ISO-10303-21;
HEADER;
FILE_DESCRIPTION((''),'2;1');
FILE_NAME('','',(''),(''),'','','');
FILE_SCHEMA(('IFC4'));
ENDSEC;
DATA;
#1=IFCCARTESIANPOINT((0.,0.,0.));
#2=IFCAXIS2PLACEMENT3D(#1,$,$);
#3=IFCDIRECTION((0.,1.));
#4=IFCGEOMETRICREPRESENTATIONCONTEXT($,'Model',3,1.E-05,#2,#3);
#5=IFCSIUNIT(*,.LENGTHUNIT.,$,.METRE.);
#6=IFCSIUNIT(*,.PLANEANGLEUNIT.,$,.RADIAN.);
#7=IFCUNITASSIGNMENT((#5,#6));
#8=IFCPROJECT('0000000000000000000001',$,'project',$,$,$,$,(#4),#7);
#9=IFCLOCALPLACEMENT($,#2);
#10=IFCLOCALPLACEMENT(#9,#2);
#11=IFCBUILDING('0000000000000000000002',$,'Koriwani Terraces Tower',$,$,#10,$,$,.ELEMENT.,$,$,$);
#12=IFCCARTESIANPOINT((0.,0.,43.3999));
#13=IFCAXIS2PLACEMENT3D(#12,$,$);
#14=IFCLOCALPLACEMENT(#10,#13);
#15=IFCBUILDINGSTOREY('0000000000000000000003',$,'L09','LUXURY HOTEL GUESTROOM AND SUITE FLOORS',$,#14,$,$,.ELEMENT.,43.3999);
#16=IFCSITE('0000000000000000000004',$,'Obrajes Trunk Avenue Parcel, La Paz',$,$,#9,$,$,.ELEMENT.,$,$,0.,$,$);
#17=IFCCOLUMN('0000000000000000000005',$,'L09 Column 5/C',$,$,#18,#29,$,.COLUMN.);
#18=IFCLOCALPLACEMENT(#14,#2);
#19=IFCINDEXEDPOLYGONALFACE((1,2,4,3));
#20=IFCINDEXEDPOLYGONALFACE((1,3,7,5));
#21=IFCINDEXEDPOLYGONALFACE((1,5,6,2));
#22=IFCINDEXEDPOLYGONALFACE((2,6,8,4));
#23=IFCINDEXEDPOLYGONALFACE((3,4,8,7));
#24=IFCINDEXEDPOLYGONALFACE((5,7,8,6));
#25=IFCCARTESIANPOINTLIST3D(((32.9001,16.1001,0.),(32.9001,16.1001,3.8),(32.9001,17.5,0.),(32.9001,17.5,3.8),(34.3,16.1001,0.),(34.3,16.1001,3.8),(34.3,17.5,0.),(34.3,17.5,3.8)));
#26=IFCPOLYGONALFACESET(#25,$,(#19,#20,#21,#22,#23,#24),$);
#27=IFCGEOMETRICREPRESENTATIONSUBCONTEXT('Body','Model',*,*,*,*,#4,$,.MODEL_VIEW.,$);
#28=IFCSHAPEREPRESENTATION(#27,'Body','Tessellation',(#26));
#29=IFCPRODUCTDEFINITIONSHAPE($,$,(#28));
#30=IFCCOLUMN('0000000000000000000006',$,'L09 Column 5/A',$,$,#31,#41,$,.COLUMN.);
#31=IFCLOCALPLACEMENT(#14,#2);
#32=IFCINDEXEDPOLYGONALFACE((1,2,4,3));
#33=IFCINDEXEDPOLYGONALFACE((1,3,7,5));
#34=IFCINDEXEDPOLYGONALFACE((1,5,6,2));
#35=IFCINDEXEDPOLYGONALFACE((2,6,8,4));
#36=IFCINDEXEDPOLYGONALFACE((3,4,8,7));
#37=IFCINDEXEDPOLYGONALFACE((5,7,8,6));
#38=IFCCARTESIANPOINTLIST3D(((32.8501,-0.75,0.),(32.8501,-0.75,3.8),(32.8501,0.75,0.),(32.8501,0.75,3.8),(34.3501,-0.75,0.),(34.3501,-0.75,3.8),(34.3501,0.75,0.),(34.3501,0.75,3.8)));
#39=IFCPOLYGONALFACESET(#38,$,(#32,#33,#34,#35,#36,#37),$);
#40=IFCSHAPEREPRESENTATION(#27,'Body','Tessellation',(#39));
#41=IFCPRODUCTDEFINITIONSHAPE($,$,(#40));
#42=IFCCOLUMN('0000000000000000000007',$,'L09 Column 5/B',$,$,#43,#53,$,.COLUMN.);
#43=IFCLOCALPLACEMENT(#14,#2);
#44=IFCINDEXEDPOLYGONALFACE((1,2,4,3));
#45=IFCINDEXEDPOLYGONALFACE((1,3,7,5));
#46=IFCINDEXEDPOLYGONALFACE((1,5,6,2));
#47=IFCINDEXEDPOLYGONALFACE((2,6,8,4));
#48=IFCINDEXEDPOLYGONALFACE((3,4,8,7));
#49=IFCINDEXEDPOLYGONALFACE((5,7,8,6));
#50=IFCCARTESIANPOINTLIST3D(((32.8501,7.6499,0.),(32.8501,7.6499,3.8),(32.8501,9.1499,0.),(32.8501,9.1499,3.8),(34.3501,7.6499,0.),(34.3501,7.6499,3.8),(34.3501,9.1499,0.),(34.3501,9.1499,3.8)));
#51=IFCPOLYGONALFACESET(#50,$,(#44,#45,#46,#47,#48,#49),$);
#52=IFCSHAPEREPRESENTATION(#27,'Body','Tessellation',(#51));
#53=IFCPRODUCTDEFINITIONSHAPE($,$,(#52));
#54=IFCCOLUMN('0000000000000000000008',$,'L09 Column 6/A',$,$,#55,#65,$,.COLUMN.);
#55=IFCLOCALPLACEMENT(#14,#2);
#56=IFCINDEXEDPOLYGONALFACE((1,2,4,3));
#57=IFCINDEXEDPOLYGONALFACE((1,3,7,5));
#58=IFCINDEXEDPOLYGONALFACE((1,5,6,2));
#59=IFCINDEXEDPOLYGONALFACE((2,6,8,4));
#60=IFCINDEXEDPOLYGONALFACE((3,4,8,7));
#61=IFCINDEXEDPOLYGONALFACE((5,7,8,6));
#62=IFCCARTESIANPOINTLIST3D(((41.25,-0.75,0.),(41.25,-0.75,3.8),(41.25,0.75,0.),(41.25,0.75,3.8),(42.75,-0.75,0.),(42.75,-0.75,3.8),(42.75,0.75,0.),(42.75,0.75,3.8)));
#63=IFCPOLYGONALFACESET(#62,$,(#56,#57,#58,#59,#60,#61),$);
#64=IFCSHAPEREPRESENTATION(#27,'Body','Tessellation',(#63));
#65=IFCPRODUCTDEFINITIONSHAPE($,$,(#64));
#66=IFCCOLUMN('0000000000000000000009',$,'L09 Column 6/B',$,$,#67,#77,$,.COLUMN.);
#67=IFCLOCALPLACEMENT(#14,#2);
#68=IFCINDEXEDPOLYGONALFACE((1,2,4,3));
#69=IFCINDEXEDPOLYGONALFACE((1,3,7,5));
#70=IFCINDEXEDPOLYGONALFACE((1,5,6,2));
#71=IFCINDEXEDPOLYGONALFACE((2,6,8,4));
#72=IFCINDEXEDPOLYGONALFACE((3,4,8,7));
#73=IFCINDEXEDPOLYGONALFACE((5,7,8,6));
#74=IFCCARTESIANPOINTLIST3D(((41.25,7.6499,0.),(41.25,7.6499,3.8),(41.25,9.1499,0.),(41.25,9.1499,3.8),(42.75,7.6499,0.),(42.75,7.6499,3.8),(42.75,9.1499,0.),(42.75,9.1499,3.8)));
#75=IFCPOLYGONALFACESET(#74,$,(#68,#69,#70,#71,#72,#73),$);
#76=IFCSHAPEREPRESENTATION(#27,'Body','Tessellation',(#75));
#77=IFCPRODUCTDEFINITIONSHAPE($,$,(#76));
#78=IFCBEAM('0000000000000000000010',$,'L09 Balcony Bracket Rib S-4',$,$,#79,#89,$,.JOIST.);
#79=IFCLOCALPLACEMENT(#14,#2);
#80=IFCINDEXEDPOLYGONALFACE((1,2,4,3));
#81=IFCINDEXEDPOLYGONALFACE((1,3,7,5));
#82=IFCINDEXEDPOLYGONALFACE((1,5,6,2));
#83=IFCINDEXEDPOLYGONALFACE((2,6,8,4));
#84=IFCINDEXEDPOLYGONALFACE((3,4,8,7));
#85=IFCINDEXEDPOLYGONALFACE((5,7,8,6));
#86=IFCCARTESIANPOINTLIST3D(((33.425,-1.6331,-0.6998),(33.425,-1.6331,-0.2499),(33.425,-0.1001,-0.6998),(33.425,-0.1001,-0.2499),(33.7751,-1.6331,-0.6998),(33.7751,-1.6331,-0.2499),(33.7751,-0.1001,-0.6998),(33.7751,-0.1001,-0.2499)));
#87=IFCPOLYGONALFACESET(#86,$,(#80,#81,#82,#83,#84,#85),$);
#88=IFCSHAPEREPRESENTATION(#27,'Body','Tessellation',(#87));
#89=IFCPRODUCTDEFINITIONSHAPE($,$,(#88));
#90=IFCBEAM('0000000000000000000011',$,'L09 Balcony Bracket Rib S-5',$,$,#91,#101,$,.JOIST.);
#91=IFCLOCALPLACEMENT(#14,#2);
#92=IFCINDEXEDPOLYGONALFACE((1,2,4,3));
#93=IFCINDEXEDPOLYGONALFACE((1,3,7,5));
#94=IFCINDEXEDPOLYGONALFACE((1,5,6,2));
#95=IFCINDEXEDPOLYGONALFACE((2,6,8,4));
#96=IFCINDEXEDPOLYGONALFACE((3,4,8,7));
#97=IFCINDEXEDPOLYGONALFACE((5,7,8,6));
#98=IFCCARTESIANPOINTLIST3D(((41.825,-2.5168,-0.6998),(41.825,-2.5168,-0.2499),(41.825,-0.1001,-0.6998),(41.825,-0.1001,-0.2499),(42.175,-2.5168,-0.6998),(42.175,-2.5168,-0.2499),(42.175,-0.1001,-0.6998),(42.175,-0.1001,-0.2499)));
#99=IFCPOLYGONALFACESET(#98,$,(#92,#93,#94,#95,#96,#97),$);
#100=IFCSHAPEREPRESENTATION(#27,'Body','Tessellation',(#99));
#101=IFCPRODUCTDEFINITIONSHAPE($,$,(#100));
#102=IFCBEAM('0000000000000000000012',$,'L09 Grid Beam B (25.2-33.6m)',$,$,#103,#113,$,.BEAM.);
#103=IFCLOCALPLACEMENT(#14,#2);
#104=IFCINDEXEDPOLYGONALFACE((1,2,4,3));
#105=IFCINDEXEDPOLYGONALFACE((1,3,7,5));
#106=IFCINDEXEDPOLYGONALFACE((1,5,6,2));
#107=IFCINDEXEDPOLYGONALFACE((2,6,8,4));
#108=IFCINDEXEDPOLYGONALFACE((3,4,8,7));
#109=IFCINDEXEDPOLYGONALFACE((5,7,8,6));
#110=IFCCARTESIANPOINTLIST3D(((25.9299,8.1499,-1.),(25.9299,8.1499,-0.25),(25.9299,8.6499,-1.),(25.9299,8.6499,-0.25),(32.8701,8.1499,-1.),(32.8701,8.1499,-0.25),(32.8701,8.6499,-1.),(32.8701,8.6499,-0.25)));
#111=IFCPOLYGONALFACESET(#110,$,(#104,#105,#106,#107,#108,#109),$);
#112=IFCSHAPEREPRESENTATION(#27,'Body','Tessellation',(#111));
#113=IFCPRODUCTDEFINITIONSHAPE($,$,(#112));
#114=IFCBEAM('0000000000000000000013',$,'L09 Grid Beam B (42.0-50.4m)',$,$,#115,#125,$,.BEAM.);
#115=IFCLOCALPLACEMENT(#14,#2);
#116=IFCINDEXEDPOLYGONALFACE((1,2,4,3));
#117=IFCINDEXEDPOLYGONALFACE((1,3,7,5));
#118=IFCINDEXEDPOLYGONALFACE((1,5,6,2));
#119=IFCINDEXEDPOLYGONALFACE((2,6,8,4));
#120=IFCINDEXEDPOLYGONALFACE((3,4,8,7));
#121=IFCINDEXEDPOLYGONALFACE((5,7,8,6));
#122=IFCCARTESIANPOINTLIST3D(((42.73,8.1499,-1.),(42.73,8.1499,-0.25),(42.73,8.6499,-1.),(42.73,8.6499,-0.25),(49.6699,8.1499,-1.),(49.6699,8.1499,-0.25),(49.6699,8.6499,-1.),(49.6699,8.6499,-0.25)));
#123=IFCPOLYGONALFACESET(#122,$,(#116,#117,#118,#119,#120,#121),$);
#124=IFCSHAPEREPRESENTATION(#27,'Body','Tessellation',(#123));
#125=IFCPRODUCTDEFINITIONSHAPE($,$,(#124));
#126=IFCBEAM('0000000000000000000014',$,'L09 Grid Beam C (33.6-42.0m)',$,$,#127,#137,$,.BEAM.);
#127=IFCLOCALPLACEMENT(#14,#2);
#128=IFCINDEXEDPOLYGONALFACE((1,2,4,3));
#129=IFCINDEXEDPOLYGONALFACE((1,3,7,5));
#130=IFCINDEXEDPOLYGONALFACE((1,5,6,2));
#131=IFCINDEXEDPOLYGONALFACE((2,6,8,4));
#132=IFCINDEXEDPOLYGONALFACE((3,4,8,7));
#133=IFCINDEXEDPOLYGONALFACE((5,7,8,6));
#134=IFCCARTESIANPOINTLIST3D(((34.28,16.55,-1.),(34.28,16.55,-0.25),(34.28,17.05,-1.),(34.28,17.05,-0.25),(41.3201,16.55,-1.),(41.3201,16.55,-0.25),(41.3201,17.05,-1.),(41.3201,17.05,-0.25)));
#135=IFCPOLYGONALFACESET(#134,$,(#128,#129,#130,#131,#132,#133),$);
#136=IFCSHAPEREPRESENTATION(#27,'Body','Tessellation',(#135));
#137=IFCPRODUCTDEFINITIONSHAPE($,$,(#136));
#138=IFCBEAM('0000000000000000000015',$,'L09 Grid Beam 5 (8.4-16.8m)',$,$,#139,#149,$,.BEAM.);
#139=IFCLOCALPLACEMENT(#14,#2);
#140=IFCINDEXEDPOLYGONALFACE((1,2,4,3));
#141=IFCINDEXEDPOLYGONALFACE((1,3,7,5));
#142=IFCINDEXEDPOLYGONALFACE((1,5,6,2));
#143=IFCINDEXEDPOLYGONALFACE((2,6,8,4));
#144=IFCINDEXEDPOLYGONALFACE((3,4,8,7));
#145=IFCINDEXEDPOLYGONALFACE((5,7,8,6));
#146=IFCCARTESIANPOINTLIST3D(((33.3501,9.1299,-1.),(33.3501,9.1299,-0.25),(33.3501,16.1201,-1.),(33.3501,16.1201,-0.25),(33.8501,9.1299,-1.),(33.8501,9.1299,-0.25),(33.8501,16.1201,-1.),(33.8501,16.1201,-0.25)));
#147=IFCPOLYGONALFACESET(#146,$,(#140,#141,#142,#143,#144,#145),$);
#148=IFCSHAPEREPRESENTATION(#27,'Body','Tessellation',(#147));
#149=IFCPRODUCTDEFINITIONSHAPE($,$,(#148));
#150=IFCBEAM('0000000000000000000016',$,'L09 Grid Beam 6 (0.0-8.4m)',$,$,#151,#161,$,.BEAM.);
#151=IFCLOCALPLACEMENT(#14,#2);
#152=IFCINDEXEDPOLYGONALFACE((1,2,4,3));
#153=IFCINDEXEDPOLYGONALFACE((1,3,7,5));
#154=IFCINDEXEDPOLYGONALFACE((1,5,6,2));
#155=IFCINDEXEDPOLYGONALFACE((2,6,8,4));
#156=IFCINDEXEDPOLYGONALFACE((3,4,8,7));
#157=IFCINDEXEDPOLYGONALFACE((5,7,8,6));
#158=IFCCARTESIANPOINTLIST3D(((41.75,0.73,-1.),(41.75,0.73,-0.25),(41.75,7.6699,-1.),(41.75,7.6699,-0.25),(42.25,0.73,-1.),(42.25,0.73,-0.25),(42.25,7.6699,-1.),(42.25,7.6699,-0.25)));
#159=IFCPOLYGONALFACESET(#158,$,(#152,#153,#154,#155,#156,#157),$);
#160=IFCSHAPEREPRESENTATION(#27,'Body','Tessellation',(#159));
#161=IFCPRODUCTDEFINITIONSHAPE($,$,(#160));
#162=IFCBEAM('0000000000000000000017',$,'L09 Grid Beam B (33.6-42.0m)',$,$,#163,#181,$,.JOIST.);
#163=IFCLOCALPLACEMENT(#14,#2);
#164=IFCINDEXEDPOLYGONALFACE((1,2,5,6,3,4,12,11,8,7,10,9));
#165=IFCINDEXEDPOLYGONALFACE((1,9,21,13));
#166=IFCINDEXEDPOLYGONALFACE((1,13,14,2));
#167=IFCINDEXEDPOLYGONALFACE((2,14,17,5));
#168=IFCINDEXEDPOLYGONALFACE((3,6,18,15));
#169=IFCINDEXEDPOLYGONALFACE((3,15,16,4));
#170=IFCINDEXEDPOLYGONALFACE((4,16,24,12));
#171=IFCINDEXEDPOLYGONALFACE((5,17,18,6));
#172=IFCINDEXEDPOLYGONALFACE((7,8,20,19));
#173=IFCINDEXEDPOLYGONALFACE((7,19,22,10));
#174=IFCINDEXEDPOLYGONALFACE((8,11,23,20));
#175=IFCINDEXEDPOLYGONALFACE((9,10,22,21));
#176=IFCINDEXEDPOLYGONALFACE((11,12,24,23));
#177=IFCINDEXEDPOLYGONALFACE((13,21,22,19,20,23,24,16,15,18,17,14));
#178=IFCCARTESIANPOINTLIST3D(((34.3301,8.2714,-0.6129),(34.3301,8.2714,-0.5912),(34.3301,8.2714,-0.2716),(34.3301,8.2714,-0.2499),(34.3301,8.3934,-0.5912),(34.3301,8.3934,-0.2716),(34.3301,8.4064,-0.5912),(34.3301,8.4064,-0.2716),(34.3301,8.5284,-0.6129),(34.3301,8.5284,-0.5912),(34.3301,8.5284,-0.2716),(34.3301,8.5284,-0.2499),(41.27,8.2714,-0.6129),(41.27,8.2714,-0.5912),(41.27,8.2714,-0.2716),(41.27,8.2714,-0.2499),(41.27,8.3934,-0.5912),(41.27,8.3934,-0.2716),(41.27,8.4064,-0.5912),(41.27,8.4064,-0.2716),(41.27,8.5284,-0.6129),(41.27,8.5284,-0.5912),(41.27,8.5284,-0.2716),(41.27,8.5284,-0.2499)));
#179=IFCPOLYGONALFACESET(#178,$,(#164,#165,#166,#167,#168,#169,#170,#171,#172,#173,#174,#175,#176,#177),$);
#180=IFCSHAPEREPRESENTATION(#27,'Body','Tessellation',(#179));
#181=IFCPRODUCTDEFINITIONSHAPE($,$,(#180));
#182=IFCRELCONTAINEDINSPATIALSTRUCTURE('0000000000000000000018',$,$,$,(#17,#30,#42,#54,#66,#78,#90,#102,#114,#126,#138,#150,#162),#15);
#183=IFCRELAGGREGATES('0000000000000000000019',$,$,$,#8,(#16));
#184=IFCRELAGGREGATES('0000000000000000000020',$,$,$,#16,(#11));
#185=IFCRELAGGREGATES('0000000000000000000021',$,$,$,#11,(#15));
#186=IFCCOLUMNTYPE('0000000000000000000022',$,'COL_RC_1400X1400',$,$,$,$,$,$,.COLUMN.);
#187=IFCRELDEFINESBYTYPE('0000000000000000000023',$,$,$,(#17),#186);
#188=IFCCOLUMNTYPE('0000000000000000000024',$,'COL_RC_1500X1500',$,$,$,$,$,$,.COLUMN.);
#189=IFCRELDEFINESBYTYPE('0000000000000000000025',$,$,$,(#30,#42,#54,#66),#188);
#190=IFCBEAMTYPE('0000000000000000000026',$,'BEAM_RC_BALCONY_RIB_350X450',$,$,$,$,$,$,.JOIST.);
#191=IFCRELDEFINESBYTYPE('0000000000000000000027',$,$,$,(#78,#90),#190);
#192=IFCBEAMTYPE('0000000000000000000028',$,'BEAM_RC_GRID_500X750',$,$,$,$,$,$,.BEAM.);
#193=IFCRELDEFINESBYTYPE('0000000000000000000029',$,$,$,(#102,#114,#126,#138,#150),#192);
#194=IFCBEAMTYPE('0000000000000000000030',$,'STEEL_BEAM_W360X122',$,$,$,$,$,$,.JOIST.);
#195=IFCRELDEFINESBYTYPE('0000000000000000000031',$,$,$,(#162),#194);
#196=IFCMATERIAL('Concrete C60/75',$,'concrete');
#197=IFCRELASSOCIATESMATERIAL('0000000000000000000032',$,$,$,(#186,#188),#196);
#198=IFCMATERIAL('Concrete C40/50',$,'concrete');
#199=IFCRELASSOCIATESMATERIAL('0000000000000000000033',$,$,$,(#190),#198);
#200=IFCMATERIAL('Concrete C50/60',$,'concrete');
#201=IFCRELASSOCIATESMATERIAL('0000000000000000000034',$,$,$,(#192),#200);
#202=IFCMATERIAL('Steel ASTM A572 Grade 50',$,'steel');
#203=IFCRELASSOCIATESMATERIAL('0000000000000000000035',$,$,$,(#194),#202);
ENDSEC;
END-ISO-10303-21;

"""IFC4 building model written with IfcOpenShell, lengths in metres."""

from ifc_helpers import new_model, si_unit, direction, frame, origin, origin_2d, place, context, subcontext, project, spatial, rectangle, i_section, extrude, material, material_profile, profile_set, type_object, element, save


model = new_model("IFC4")

# Units and contexts
model_context = context("Model", 3, precision=1e-05, world=origin(), true_north=direction((0.0, 1.0)))
body_context = subcontext(model_context, "Body", "Model", "MODEL_VIEW")
ifc_project = project(units=[si_unit("LENGTHUNIT", "METRE"), si_unit("PLANEANGLEUNIT", "RADIAN")], contexts=[model_context])

# Site, building, storey
site_placement = place(None, origin())
site = spatial("IfcSite", under=ifc_project, at=site_placement, Name="Obrajes Trunk Avenue Parcel, La Paz", CompositionType="ELEMENT", RefElevation=0.0)
building_placement = place(site_placement, origin())
building = spatial("IfcBuilding", under=site, at=building_placement, Name="Koriwani Terraces Tower", CompositionType="ELEMENT")
storey_placement = place(building_placement, frame((0.0, 0.0, 43.3999)))
storey = spatial("IfcBuildingStorey", under=building, at=storey_placement, Name="L09", Description="LUXURY HOTEL GUESTROOM AND SUITE FLOORS", CompositionType="ELEMENT", Elevation=43.3999)

# Columns
ifc_material_1 = material(Name="Concrete C60/75", Category="concrete")
ifc_material_profile_1 = material_profile(ifc_material_1, rectangle(XDim=1.3999, YDim=1.3999, at=origin_2d()), Name="Concrete C60/75", Category="LoadBearing")
ifc_profile_set_1 = profile_set([ifc_material_profile_1], Name="Concrete C60/75")
column_type_1 = type_object("IfcColumnType", Name="COL_RC_1400X1400", PredefinedType="COLUMN", material=ifc_profile_set_1)
column_placement = place(storey_placement, frame((33.6001, 16.8, 0.0), z_axis=(0.0, 0.0, 1.0), x_axis=(1.0, 0.0, 0.0)))
element("IfcColumn", 1, at=column_placement, inside=storey, type_object=column_type_1, Name="L09 Column 5/C", PredefinedType="COLUMN", context=body_context, shape_type="SweptSolid", body=[
    extrude(rectangle(XDim=1.3999, YDim=1.3999, at=origin_2d()), origin(), (0.0, 0.0, 1.0), 3.8),
])
ifc_material_profile_2 = material_profile(ifc_material_1, rectangle(XDim=1.5, YDim=1.5, at=origin_2d()), Name="Concrete C60/75", Category="LoadBearing")
ifc_profile_set_2 = profile_set([ifc_material_profile_2], Name="Concrete C60/75")
column_type_2 = type_object("IfcColumnType", Name="COL_RC_1500X1500", PredefinedType="COLUMN", material=ifc_profile_set_2)
for number, where, z_axis, x_axis, name in (
    (2, (33.6001, 0.0, 0.0), (0.0, 0.0, 1.0), (1.0, 0.0, 0.0), "L09 Column 5/A"),
    (3, (33.6001, 8.3999, 0.0), (0.0, 0.0, 1.0), (1.0, 0.0, 0.0), "L09 Column 5/B"),
    (4, (42.0, 0.0, 0.0), (0.0, 0.0, 1.0), (1.0, 0.0, 0.0), "L09 Column 6/A"),
    (5, (42.0, 8.3999, 0.0), (0.0, 0.0, 1.0), (1.0, 0.0, 0.0), "L09 Column 6/B"),
):
    element("IfcColumn", number, at=place(storey_placement, frame(where, z_axis=z_axis, x_axis=x_axis)), inside=storey, type_object=column_type_2, Name=name, PredefinedType="COLUMN", context=body_context, shape_type="SweptSolid", body=[
        extrude(rectangle(XDim=1.5, YDim=1.5, at=origin_2d()), origin(), (0.0, 0.0, 1.0), 3.8),
    ])

# Beams
ifc_material_2 = material(Name="Concrete C40/50", Category="concrete")
ifc_material_profile_3 = material_profile(ifc_material_2, rectangle(XDim=0.3501, YDim=0.45, at=origin_2d()), Name="Concrete C40/50", Category="LoadBearing")
ifc_profile_set_3 = profile_set([ifc_material_profile_3], Name="Concrete C40/50")
beam_type_1 = type_object("IfcBeamType", Name="BEAM_RC_BALCONY_RIB_350X450", PredefinedType="JOIST", material=ifc_profile_set_3)
beam_1_placement = place(storey_placement, frame((33.6001, -1.6331, -0.4749), z_axis=(0.0, 1.0, 0.0), x_axis=(-1.0, 0.0, 0.0)))
element("IfcBeam", 6, at=beam_1_placement, inside=storey, type_object=beam_type_1, Name="L09 Balcony Bracket Rib S-4", PredefinedType="JOIST", context=body_context, shape_type="SweptSolid", body=[
    extrude(rectangle(XDim=0.3501, YDim=0.45, at=origin_2d()), origin(), (0.0, 0.0, 1.0), 1.533),
])
beam_2_placement = place(storey_placement, frame((42.0, -2.5168, -0.4749), z_axis=(0.0, 1.0, 0.0), x_axis=(-1.0, 0.0, 0.0)))
element("IfcBeam", 7, at=beam_2_placement, inside=storey, type_object=beam_type_1, Name="L09 Balcony Bracket Rib S-5", PredefinedType="JOIST", context=body_context, shape_type="SweptSolid", body=[
    extrude(rectangle(XDim=0.3501, YDim=0.45, at=origin_2d()), origin(), (0.0, 0.0, 1.0), 2.4167),
])
ifc_material_3 = material(Name="Concrete C50/60", Category="concrete")
ifc_material_profile_4 = material_profile(ifc_material_3, rectangle(XDim=0.5, YDim=0.75, at=origin_2d()), Name="Concrete C50/60", Category="LoadBearing")
ifc_profile_set_4 = profile_set([ifc_material_profile_4], Name="Concrete C50/60")
beam_type_2 = type_object("IfcBeamType", Name="BEAM_RC_GRID_500X750", PredefinedType="BEAM", material=ifc_profile_set_4)
beam_3_placement = place(storey_placement, frame((25.9299, 8.3999, -0.625), z_axis=(1.0, 0.0, 0.0), x_axis=(0.0, 1.0, 0.0)))
element("IfcBeam", 8, at=beam_3_placement, inside=storey, type_object=beam_type_2, Name="L09 Grid Beam B (25.2-33.6m)", PredefinedType="BEAM", context=body_context, shape_type="SweptSolid", body=[
    extrude(rectangle(XDim=0.5, YDim=0.75, at=origin_2d()), origin(), (0.0, 0.0, 1.0), 6.9402),
])
beam_4_placement = place(storey_placement, frame((42.73, 8.3999, -0.625), z_axis=(1.0, 0.0, 0.0), x_axis=(0.0, 1.0, 0.0)))
element("IfcBeam", 9, at=beam_4_placement, inside=storey, type_object=beam_type_2, Name="L09 Grid Beam B (42.0-50.4m)", PredefinedType="BEAM", context=body_context, shape_type="SweptSolid", body=[
    extrude(rectangle(XDim=0.5, YDim=0.75, at=origin_2d()), origin(), (0.0, 0.0, 1.0), 6.9399),
])
beam_5_placement = place(storey_placement, frame((34.28, 16.8, -0.625), z_axis=(1.0, 0.0, 0.0), x_axis=(0.0, 1.0, 0.0)))
element("IfcBeam", 10, at=beam_5_placement, inside=storey, type_object=beam_type_2, Name="L09 Grid Beam C (33.6-42.0m)", PredefinedType="BEAM", context=body_context, shape_type="SweptSolid", body=[
    extrude(rectangle(XDim=0.5, YDim=0.75, at=origin_2d()), origin(), (0.0, 0.0, 1.0), 7.04),
])
beam_6_placement = place(storey_placement, frame((33.6001, 9.1299, -0.625), z_axis=(0.0, 1.0, 0.0), x_axis=(-1.0, 0.0, 0.0)))
element("IfcBeam", 11, at=beam_6_placement, inside=storey, type_object=beam_type_2, Name="L09 Grid Beam 5 (8.4-16.8m)", PredefinedType="BEAM", context=body_context, shape_type="SweptSolid", body=[
    extrude(rectangle(XDim=0.5, YDim=0.75, at=origin_2d()), origin(), (0.0, 0.0, 1.0), 6.9902),
])
beam_7_placement = place(storey_placement, frame((42.0, 0.73, -0.625), z_axis=(0.0, 1.0, 0.0), x_axis=(-1.0, 0.0, 0.0)))
element("IfcBeam", 12, at=beam_7_placement, inside=storey, type_object=beam_type_2, Name="L09 Grid Beam 6 (0.0-8.4m)", PredefinedType="BEAM", context=body_context, shape_type="SweptSolid", body=[
    extrude(rectangle(XDim=0.5, YDim=0.75, at=origin_2d()), origin(), (0.0, 0.0, 1.0), 6.9399),
])
ifc_material_4 = material(Name="Steel ASTM A572 Grade 50", Category="steel")
ifc_material_profile_5 = material_profile(ifc_material_4, i_section(OverallWidth=0.2571, OverallDepth=0.363, WebThickness=0.0129, FlangeThickness=0.0217, at=origin_2d()), Name="Steel ASTM A572 Grade 50", Category="LoadBearing")
ifc_profile_set_5 = profile_set([ifc_material_profile_5], Name="Steel ASTM A572 Grade 50")
beam_type_3 = type_object("IfcBeamType", Name="STEEL_BEAM_W360X122", PredefinedType="JOIST", material=ifc_profile_set_5)
beam_8_placement = place(storey_placement, frame((34.3301, 8.3999, -0.4314), z_axis=(1.0, 0.0, 0.0), x_axis=(0.0, 1.0, 0.0)))
element("IfcBeam", 13, at=beam_8_placement, inside=storey, type_object=beam_type_3, Name="L09 Grid Beam B (33.6-42.0m)", PredefinedType="JOIST", context=body_context, shape_type="SweptSolid", body=[
    extrude(i_section(OverallWidth=0.2571, OverallDepth=0.363, WebThickness=0.0129, FlangeThickness=0.0217, at=origin_2d()), origin(), (0.0, 0.0, 1.0), 6.9399),
])

save(model, "model.ifc")
